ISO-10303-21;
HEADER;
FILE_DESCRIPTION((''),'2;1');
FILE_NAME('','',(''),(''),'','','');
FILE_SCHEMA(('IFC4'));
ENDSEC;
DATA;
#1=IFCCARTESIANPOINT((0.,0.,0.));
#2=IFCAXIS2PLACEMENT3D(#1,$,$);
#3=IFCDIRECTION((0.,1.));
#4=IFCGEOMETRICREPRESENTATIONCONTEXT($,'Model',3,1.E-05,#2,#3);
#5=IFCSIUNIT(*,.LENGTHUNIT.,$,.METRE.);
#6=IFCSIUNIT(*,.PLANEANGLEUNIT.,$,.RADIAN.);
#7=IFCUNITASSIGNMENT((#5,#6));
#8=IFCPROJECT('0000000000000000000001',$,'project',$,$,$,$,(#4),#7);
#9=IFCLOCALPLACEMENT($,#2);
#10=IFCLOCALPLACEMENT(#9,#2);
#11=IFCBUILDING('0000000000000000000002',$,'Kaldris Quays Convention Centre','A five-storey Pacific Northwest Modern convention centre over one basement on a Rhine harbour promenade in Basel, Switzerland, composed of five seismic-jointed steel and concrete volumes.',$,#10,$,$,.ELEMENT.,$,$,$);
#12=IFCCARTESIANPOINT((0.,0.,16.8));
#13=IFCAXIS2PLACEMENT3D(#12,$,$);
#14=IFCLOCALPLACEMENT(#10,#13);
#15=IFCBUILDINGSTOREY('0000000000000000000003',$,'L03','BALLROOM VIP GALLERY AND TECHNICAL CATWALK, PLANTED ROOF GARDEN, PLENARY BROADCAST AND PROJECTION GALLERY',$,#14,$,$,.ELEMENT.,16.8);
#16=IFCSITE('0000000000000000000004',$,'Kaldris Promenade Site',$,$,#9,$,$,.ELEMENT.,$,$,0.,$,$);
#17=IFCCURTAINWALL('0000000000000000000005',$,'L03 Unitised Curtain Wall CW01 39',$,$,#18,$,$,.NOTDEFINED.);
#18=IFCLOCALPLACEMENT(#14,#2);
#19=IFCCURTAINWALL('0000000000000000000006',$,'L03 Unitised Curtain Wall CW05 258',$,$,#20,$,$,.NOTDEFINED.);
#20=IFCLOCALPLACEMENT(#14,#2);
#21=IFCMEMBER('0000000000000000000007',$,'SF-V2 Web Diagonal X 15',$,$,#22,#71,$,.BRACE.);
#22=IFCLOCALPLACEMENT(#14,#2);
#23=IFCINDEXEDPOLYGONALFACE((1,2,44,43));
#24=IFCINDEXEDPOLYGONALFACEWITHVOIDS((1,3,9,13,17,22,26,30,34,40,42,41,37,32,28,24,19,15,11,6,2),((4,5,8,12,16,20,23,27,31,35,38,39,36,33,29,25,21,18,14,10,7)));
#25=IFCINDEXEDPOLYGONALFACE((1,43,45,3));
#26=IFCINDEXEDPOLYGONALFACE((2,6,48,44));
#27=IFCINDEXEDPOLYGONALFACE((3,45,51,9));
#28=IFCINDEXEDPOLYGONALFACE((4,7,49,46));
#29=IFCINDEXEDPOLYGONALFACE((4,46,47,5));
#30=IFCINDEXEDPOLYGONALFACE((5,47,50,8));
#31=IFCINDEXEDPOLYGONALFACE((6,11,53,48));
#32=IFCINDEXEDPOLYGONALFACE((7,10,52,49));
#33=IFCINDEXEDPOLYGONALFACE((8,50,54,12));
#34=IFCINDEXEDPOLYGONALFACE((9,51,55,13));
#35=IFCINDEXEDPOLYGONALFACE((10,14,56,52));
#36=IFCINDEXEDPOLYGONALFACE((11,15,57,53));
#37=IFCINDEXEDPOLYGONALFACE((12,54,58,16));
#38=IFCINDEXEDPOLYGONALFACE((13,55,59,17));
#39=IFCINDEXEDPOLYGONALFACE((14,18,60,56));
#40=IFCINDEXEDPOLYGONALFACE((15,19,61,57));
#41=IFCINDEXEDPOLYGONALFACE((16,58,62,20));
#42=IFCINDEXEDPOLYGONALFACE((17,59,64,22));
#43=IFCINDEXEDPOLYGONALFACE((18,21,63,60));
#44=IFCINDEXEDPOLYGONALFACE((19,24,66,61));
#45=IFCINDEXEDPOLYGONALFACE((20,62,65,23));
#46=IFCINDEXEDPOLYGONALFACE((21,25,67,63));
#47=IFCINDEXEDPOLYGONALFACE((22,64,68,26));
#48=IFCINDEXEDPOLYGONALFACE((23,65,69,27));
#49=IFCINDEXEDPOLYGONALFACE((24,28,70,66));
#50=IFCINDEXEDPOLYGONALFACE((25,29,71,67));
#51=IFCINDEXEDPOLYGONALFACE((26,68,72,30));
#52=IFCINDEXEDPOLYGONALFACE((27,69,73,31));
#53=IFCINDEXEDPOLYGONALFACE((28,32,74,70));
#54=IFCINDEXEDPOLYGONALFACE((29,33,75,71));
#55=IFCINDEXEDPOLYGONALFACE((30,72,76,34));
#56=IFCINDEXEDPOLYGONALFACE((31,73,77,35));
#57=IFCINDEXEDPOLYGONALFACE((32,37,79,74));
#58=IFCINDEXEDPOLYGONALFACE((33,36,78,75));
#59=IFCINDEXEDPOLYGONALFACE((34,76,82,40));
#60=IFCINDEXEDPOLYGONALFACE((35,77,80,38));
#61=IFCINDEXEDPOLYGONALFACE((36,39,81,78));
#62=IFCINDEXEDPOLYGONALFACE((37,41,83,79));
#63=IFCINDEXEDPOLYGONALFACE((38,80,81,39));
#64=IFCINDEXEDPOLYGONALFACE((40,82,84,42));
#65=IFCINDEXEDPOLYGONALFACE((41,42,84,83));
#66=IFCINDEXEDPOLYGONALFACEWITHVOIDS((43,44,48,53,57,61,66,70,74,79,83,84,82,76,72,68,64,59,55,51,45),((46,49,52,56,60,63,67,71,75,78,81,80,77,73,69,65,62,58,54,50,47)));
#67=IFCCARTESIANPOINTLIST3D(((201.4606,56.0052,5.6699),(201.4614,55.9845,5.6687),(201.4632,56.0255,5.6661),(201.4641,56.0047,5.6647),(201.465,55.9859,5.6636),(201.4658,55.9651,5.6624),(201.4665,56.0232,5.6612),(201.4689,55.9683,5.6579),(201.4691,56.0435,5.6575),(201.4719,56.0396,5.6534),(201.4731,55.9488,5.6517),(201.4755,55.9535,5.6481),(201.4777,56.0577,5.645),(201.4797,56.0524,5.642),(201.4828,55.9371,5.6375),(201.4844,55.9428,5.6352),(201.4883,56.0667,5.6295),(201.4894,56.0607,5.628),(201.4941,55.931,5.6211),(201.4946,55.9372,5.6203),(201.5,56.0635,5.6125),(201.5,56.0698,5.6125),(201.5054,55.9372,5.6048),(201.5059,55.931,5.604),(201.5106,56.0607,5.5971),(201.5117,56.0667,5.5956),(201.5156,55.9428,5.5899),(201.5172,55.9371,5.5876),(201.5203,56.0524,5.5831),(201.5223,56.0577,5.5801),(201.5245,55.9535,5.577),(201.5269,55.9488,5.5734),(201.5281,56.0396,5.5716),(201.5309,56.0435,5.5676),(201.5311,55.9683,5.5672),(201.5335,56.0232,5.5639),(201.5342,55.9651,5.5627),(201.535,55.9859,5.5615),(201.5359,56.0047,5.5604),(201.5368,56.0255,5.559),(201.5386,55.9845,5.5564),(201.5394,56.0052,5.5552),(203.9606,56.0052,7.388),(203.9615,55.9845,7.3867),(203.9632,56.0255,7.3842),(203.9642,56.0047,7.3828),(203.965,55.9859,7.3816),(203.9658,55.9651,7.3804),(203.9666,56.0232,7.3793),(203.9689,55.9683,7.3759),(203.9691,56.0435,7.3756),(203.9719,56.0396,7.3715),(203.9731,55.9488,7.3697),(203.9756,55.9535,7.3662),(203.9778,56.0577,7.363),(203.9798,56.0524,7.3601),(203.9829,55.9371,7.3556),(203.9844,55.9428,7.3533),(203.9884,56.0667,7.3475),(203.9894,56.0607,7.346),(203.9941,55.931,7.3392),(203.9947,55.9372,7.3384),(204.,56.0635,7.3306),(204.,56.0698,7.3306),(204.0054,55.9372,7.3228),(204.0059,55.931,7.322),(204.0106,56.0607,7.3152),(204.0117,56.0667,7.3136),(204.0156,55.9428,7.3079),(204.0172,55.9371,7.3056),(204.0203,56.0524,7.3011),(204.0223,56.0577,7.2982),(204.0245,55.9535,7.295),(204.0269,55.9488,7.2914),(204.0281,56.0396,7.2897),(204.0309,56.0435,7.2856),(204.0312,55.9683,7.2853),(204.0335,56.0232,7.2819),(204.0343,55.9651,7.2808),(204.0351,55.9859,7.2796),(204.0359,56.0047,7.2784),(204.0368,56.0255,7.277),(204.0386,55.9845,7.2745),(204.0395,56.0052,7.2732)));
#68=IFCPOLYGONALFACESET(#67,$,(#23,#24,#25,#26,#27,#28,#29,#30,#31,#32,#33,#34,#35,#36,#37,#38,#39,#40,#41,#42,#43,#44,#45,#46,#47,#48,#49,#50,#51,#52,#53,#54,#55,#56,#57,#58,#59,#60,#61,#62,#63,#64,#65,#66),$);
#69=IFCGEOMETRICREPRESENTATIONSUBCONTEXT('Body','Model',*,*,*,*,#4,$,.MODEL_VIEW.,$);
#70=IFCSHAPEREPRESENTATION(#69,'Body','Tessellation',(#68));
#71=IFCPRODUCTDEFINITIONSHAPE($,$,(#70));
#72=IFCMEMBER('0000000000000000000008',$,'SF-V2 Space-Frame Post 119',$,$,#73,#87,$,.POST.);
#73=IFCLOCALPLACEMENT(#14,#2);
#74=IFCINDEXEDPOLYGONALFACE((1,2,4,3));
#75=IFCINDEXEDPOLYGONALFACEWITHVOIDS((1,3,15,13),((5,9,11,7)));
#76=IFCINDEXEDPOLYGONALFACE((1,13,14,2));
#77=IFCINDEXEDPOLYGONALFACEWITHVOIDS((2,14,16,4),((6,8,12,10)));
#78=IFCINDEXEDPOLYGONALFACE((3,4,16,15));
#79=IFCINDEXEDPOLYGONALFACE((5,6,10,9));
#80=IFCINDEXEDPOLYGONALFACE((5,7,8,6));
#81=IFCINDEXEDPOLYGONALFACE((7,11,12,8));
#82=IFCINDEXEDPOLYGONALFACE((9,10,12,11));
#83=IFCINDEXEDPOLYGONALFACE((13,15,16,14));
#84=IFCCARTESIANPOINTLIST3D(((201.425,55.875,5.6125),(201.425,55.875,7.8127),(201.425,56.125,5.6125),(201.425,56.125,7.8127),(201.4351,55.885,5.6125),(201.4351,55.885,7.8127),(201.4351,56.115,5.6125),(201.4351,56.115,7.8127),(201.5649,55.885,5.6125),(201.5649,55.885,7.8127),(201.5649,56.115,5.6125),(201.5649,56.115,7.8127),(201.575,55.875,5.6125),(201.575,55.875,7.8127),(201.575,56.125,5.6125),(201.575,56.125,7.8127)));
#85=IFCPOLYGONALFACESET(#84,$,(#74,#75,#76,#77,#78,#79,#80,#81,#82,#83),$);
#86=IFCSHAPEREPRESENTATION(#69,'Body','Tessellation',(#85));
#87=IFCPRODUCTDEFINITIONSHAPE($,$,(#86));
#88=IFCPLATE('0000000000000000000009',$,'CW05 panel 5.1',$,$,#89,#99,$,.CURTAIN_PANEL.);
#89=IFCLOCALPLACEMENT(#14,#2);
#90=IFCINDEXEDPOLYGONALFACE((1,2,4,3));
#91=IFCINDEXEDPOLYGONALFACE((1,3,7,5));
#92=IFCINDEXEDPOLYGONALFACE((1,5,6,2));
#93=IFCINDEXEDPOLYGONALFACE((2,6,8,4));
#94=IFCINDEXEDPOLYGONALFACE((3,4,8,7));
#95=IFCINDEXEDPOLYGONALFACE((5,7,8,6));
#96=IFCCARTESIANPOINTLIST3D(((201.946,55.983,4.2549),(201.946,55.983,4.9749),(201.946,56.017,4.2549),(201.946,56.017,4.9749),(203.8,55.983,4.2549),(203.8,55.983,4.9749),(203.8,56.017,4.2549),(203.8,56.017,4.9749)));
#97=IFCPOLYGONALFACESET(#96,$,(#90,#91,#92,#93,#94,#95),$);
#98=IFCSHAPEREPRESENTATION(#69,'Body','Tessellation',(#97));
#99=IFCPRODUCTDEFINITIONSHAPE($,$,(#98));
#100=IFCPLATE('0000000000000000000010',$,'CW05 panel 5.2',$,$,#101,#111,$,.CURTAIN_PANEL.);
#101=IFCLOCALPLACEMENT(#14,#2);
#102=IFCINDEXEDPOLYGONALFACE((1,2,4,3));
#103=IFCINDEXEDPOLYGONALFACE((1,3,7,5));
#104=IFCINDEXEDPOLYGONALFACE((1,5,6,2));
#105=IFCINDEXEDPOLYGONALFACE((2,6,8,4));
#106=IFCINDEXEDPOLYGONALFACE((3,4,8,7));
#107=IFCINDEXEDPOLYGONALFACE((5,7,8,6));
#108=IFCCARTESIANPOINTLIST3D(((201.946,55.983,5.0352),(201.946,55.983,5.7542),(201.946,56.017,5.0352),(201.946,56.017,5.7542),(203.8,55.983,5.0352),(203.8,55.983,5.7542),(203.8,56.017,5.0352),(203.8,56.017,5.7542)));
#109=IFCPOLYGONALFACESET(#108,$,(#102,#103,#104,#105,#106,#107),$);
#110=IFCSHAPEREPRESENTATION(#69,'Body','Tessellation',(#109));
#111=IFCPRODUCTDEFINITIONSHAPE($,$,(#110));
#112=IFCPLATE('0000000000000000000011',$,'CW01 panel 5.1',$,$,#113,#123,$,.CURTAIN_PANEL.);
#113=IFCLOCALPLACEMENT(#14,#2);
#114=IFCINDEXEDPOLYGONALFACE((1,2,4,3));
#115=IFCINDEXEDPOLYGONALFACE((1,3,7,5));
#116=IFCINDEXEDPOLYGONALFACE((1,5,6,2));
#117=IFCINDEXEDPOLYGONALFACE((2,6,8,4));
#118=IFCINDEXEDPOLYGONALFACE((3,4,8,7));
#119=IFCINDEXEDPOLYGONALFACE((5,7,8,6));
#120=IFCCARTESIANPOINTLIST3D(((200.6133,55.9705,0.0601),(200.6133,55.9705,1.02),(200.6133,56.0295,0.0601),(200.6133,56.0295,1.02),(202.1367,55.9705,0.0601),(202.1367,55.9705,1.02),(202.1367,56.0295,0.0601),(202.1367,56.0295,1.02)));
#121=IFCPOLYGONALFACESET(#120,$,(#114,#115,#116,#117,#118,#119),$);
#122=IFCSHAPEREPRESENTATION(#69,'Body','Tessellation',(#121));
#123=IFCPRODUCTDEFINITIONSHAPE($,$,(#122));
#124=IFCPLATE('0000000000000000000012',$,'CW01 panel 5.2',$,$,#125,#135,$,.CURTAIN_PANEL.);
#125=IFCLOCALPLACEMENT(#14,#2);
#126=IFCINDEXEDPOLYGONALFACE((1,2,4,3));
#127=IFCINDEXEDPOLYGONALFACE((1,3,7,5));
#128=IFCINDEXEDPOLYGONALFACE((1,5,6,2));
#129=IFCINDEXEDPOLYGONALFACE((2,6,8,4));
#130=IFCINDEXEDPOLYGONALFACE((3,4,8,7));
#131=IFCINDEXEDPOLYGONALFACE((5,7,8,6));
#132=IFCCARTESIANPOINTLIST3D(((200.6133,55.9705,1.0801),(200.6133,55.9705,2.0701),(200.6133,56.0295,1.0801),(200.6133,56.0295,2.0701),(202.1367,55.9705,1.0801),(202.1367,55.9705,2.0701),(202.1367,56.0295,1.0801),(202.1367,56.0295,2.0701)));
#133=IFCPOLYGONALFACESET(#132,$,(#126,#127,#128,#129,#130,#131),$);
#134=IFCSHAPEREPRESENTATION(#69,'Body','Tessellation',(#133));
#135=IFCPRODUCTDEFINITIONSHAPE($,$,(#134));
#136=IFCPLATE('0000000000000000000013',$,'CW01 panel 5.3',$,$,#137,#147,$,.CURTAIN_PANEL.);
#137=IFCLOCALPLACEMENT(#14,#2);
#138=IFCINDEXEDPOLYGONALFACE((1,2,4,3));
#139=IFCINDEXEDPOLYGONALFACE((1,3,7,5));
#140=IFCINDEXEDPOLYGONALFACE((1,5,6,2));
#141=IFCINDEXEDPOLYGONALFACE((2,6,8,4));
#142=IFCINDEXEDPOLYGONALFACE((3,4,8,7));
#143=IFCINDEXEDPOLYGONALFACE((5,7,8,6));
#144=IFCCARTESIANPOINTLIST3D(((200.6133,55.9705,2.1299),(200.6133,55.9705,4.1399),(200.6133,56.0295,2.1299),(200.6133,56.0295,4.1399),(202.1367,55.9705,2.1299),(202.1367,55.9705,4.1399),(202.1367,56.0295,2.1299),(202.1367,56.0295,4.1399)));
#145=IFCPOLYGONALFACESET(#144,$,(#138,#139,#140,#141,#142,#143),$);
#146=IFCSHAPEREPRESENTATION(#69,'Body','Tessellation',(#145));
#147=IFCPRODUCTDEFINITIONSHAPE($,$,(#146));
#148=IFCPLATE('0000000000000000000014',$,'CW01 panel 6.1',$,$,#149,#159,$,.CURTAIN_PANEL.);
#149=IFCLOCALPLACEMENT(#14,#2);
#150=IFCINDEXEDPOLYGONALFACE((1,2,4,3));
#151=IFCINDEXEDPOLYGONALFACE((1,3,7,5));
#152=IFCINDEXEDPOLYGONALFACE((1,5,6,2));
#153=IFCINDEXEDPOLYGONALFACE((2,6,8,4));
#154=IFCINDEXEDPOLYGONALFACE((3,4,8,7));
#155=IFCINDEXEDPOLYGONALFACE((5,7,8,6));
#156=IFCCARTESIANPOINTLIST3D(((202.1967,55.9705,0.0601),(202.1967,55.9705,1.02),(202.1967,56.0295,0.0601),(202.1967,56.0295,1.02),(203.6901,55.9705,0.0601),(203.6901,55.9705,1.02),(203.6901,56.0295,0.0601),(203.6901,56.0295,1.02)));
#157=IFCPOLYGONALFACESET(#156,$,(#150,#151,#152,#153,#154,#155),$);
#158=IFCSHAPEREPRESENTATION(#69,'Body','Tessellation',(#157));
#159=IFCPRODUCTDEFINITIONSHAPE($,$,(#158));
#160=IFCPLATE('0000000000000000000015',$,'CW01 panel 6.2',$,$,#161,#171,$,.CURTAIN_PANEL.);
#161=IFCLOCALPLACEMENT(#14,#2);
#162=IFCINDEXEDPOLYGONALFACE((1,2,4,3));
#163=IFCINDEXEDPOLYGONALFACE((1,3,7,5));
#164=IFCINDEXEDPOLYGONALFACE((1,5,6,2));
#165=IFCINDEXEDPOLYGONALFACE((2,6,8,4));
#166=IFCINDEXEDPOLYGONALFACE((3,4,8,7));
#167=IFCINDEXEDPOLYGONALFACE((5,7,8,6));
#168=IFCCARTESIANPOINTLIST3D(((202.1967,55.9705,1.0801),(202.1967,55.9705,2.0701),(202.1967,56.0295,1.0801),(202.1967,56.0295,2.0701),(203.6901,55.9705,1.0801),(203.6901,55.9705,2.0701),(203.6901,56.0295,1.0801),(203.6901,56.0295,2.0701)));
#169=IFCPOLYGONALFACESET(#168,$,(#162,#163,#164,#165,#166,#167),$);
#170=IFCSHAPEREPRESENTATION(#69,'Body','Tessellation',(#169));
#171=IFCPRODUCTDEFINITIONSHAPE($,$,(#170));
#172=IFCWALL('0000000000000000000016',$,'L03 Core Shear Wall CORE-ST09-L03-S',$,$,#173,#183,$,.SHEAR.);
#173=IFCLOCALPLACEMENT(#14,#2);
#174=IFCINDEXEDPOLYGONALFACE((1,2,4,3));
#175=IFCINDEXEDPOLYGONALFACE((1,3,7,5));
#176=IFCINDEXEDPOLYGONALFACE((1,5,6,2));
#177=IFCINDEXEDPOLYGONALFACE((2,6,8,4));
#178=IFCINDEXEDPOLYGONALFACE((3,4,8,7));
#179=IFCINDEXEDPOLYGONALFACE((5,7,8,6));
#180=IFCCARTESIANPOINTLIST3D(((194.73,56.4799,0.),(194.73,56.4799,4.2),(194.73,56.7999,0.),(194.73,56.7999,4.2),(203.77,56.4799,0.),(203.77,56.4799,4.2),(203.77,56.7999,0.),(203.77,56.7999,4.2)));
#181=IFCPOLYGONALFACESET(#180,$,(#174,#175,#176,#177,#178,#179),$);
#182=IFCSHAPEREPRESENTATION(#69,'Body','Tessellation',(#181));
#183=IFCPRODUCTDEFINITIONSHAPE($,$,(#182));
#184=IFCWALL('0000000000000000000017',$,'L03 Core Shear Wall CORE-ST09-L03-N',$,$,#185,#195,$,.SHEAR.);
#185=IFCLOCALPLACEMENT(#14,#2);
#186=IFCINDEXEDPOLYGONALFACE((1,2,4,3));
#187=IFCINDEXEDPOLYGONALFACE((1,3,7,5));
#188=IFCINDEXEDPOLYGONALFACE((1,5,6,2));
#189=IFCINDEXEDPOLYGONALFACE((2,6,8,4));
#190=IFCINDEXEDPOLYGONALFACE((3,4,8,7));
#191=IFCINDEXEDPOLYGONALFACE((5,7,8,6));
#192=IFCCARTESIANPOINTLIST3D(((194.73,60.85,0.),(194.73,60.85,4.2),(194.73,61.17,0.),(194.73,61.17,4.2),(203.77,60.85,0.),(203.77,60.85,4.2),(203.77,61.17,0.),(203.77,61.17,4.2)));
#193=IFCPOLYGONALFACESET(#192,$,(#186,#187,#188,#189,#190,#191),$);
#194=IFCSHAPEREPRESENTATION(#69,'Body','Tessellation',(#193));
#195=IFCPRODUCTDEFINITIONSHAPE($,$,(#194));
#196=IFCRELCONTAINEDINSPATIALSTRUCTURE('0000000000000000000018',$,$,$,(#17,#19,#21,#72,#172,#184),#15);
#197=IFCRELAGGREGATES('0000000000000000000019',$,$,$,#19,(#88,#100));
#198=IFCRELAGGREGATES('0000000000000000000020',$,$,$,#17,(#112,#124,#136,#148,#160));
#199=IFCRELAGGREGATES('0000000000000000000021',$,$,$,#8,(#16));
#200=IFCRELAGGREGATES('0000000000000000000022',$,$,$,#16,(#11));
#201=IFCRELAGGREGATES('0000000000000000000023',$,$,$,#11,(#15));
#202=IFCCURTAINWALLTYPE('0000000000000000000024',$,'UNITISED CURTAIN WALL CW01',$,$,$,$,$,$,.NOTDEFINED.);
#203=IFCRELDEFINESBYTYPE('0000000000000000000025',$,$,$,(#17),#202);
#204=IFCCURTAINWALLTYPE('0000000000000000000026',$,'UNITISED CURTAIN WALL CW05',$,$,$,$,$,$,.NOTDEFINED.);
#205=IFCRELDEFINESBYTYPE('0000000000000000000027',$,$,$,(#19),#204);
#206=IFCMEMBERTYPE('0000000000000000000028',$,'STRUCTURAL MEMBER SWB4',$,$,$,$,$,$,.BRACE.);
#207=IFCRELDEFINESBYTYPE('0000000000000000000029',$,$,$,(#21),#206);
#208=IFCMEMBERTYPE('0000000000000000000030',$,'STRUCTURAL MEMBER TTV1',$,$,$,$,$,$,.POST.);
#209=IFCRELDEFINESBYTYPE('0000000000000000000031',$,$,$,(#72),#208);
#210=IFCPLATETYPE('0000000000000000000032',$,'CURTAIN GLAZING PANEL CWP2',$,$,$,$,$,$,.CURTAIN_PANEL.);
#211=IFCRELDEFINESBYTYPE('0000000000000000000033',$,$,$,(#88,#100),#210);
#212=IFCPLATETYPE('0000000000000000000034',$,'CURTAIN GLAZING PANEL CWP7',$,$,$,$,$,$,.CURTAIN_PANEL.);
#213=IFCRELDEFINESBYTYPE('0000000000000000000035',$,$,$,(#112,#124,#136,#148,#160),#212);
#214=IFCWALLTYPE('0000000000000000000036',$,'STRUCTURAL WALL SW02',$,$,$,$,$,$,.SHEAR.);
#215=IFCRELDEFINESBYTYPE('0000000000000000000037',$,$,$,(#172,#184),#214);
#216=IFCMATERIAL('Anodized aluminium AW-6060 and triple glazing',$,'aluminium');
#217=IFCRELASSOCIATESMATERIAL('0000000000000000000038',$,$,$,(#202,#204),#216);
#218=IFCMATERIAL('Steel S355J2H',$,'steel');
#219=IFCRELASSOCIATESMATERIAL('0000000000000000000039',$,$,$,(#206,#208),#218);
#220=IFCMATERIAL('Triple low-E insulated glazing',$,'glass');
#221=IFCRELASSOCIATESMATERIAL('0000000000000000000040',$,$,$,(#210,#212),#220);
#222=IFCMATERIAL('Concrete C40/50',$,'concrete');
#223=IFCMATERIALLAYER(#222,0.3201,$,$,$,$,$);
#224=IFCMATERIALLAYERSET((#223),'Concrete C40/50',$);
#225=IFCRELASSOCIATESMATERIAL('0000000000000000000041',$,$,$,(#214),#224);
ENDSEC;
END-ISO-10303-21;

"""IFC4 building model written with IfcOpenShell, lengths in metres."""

from ifc_helpers import new_model, si_unit, direction, frame, frame_2d, origin, origin_2d, place, context, subcontext, project, spatial, rectangle, hollow_rectangle, hollow_circle, extrude, material, layer, layer_set, material_profile, profile_set, type_object, element, aggregate, save


model = new_model("IFC4")

# Units and contexts
model_context = context("Model", 3, precision=1e-05, world=origin(), true_north=direction((0.0, 1.0)))
body_context = subcontext(model_context, "Body", "Model", "MODEL_VIEW")
ifc_project = project(units=[si_unit("LENGTHUNIT", "METRE"), si_unit("PLANEANGLEUNIT", "RADIAN")], contexts=[model_context])

# Site, building, storey
site_placement = place(None, origin())
site = spatial("IfcSite", under=ifc_project, at=site_placement, Name="Kaldris Promenade Site", CompositionType="ELEMENT", RefElevation=0.0)
building_placement = place(site_placement, origin())
building = spatial("IfcBuilding", under=site, at=building_placement, Name="Kaldris Quays Convention Centre", Description="A five-storey Pacific Northwest Modern convention centre over one basement on a Rhine harbour promenade in Basel, Switzerland, composed of five seismic-jointed steel and concrete volumes.", CompositionType="ELEMENT")
storey_placement = place(building_placement, frame((0.0, 0.0, 16.8)))
storey = spatial("IfcBuildingStorey", under=building, at=storey_placement, Name="L03", Description="BALLROOM VIP GALLERY AND TECHNICAL CATWALK, PLANTED ROOF GARDEN, PLENARY BROADCAST AND PROJECTION GALLERY", CompositionType="ELEMENT", Elevation=16.8)

# Curtain walls
ifc_material_1 = material(Name="Anodized aluminium AW-6060 and triple glazing", Category="aluminium")
curtain_wall_type_1 = type_object("IfcCurtainWallType", Name="UNITISED CURTAIN WALL CW01", PredefinedType="NOTDEFINED", material=ifc_material_1)
curtain_wall_1_placement = place(storey_placement, origin())
curtain_wall_1 = element("IfcCurtainWall", 1, at=curtain_wall_1_placement, inside=storey, type_object=curtain_wall_type_1, Name="L03 Unitised Curtain Wall CW01 39", PredefinedType="NOTDEFINED")
curtain_wall_type_2 = type_object("IfcCurtainWallType", Name="UNITISED CURTAIN WALL CW05", PredefinedType="NOTDEFINED", material=ifc_material_1)
curtain_wall_2_placement = place(storey_placement, origin())
curtain_wall_2 = element("IfcCurtainWall", 2, at=curtain_wall_2_placement, inside=storey, type_object=curtain_wall_type_2, Name="L03 Unitised Curtain Wall CW05 258", PredefinedType="NOTDEFINED")

# Members
ifc_material_2 = material(Name="Steel S355J2H", Category="steel")
ifc_material_profile_1 = material_profile(ifc_material_2, hollow_circle(Radius=0.0698, WallThickness=0.0063, at=origin_2d()), Name="CHS 139.7x6.3")
ifc_profile_set_1 = profile_set([ifc_material_profile_1], Name="Steel S355J2H")
member_type_1 = type_object("IfcMemberType", Name="STRUCTURAL MEMBER SWB4", PredefinedType="BRACE", material=ifc_profile_set_1)
member_1_placement = place(storey_placement, frame((201.5, 56.0, 5.6125), z_axis=(0.824155, 0.0, 0.566365), x_axis=(0.0, 1.0, 0.0)))
element("IfcMember", 3, at=member_1_placement, inside=storey, type_object=member_type_1, Name="SF-V2 Web Diagonal X 15", PredefinedType="BRACE", context=body_context, shape_type="SweptSolid", body=[
    extrude(hollow_circle(Radius=0.0698, WallThickness=0.0063, at=origin_2d()), origin(), (0.0, 0.0, 1.0), 3.0334),
])
ifc_material_profile_2 = material_profile(ifc_material_2, hollow_rectangle(XDim=0.1499, YDim=0.25, WallThickness=0.01, at=origin_2d()), Name="RHS 250x150x10")
ifc_profile_set_2 = profile_set([ifc_material_profile_2], Name="Steel S355J2H")
member_type_2 = type_object("IfcMemberType", Name="STRUCTURAL MEMBER TTV1", PredefinedType="POST", material=ifc_profile_set_2)
member_2_placement = place(storey_placement, frame((201.5, 56.0, 5.6125), z_axis=(0.0, 0.0, 1.0), x_axis=(1.0, 0.0, 0.0)))
element("IfcMember", 4, at=member_2_placement, inside=storey, type_object=member_type_2, Name="SF-V2 Space-Frame Post 119", PredefinedType="POST", context=body_context, shape_type="SweptSolid", body=[
    extrude(hollow_rectangle(XDim=0.1499, YDim=0.25, WallThickness=0.01, at=origin_2d()), origin(), (0.0, 0.0, 1.0), 2.2002),
])

# Plates
ifc_material_3 = material(Name="Triple low-E insulated glazing", Category="glass")
plate_type_1 = type_object("IfcPlateType", Name="CURTAIN GLAZING PANEL CWP2", PredefinedType="CURTAIN_PANEL", material=ifc_material_3)
plate_1_placement = place(storey_placement, frame((202.873, 56.0, 4.2549), z_axis=(0.0, 0.0, 1.0), x_axis=(1.0, 0.0, 0.0)))
plate_1 = element("IfcPlate", 5, at=plate_1_placement, type_object=plate_type_1, Name="CW05 panel 5.1", PredefinedType="CURTAIN_PANEL", context=body_context, shape_type="SweptSolid", body=[
    extrude(rectangle(XDim=1.854, YDim=0.0339, at=origin_2d()), origin(), (0.0, 0.0, 1.0), 0.72),
])
plate_2_placement = place(storey_placement, frame((202.873, 56.0, 5.0352), z_axis=(0.0, 0.0, 1.0), x_axis=(1.0, 0.0, 0.0)))
plate_2 = element("IfcPlate", 6, at=plate_2_placement, type_object=plate_type_1, Name="CW05 panel 5.2", PredefinedType="CURTAIN_PANEL", context=body_context, shape_type="SweptSolid", body=[
    extrude(rectangle(XDim=1.854, YDim=0.0339, at=origin_2d()), origin(), (0.0, 0.0, 1.0), 0.719),
])
aggregate(curtain_wall_2, [plate_1, plate_2])
plate_type_2 = type_object("IfcPlateType", Name="CURTAIN GLAZING PANEL CWP7", PredefinedType="CURTAIN_PANEL", material=ifc_material_3)
plate_3_placement = place(storey_placement, frame((201.375, 56.0, 0.0601), z_axis=(0.0, 0.0, 1.0), x_axis=(1.0, 0.0, 0.0)))
plate_3 = element("IfcPlate", 7, at=plate_3_placement, type_object=plate_type_2, Name="CW01 panel 5.1", PredefinedType="CURTAIN_PANEL", context=body_context, shape_type="SweptSolid", body=[
    extrude(rectangle(XDim=1.5234, YDim=0.0591, at=origin_2d()), origin(), (0.0, 0.0, 1.0), 0.96),
])
plate_4_placement = place(storey_placement, frame((201.375, 56.0, 1.0801), z_axis=(0.0, 0.0, 1.0), x_axis=(1.0, 0.0, 0.0)))
plate_4 = element("IfcPlate", 8, at=plate_4_placement, type_object=plate_type_2, Name="CW01 panel 5.2", PredefinedType="CURTAIN_PANEL", context=body_context, shape_type="SweptSolid", body=[
    extrude(rectangle(XDim=1.5234, YDim=0.0591, at=origin_2d()), origin(), (0.0, 0.0, 1.0), 0.99),
])
plate_5_placement = place(storey_placement, frame((201.375, 56.0, 2.1299), z_axis=(0.0, 0.0, 1.0), x_axis=(1.0, 0.0, 0.0)))
plate_5 = element("IfcPlate", 9, at=plate_5_placement, type_object=plate_type_2, Name="CW01 panel 5.3", PredefinedType="CURTAIN_PANEL", context=body_context, shape_type="SweptSolid", body=[
    extrude(rectangle(XDim=1.5234, YDim=0.0591, at=origin_2d()), origin(), (0.0, 0.0, 1.0), 2.01),
])
plate_6_placement = place(storey_placement, frame((202.9434, 56.0, 0.0601), z_axis=(0.0, 0.0, 1.0), x_axis=(1.0, 0.0, 0.0)))
plate_6 = element("IfcPlate", 10, at=plate_6_placement, type_object=plate_type_2, Name="CW01 panel 6.1", PredefinedType="CURTAIN_PANEL", context=body_context, shape_type="SweptSolid", body=[
    extrude(rectangle(XDim=1.4934, YDim=0.0591, at=origin_2d()), origin(), (0.0, 0.0, 1.0), 0.96),
])
plate_7_placement = place(storey_placement, frame((202.9434, 56.0, 1.0801), z_axis=(0.0, 0.0, 1.0), x_axis=(1.0, 0.0, 0.0)))
plate_7 = element("IfcPlate", 11, at=plate_7_placement, type_object=plate_type_2, Name="CW01 panel 6.2", PredefinedType="CURTAIN_PANEL", context=body_context, shape_type="SweptSolid", body=[
    extrude(rectangle(XDim=1.4934, YDim=0.0591, at=origin_2d()), origin(), (0.0, 0.0, 1.0), 0.99),
])
aggregate(curtain_wall_1, [plate_3, plate_4, plate_5, plate_6, plate_7])

# Walls
ifc_material_4 = material(Name="Concrete C40/50", Category="concrete")
ifc_layer = layer(ifc_material_4, 0.3201)
ifc_layer_set = layer_set([ifc_layer], Name="Concrete C40/50")
wall_type = type_object("IfcWallType", Name="STRUCTURAL WALL SW02", PredefinedType="SHEAR", material=ifc_layer_set)
for number, where, z_axis, x_axis, name in (
    (12, (194.73, 56.6399, 0.0), (0.0, 0.0, 1.0), (1.0, 0.0, 0.0), "L03 Core Shear Wall CORE-ST09-L03-S"),
    (13, (194.73, 61.01, 0.0), (0.0, 0.0, 1.0), (1.0, 0.0, 0.0), "L03 Core Shear Wall CORE-ST09-L03-N"),
):
    element("IfcWall", number, at=place(storey_placement, frame(where, z_axis=z_axis, x_axis=x_axis)), inside=storey, type_object=wall_type, Name=name, PredefinedType="SHEAR", context=body_context, shape_type="SweptSolid", body=[
        extrude(rectangle(XDim=9.04, YDim=0.3201, at=frame_2d((4.52, 0.0))), origin(), (0.0, 0.0, 1.0), 4.2),
    ])

save(model, "model.ifc")
